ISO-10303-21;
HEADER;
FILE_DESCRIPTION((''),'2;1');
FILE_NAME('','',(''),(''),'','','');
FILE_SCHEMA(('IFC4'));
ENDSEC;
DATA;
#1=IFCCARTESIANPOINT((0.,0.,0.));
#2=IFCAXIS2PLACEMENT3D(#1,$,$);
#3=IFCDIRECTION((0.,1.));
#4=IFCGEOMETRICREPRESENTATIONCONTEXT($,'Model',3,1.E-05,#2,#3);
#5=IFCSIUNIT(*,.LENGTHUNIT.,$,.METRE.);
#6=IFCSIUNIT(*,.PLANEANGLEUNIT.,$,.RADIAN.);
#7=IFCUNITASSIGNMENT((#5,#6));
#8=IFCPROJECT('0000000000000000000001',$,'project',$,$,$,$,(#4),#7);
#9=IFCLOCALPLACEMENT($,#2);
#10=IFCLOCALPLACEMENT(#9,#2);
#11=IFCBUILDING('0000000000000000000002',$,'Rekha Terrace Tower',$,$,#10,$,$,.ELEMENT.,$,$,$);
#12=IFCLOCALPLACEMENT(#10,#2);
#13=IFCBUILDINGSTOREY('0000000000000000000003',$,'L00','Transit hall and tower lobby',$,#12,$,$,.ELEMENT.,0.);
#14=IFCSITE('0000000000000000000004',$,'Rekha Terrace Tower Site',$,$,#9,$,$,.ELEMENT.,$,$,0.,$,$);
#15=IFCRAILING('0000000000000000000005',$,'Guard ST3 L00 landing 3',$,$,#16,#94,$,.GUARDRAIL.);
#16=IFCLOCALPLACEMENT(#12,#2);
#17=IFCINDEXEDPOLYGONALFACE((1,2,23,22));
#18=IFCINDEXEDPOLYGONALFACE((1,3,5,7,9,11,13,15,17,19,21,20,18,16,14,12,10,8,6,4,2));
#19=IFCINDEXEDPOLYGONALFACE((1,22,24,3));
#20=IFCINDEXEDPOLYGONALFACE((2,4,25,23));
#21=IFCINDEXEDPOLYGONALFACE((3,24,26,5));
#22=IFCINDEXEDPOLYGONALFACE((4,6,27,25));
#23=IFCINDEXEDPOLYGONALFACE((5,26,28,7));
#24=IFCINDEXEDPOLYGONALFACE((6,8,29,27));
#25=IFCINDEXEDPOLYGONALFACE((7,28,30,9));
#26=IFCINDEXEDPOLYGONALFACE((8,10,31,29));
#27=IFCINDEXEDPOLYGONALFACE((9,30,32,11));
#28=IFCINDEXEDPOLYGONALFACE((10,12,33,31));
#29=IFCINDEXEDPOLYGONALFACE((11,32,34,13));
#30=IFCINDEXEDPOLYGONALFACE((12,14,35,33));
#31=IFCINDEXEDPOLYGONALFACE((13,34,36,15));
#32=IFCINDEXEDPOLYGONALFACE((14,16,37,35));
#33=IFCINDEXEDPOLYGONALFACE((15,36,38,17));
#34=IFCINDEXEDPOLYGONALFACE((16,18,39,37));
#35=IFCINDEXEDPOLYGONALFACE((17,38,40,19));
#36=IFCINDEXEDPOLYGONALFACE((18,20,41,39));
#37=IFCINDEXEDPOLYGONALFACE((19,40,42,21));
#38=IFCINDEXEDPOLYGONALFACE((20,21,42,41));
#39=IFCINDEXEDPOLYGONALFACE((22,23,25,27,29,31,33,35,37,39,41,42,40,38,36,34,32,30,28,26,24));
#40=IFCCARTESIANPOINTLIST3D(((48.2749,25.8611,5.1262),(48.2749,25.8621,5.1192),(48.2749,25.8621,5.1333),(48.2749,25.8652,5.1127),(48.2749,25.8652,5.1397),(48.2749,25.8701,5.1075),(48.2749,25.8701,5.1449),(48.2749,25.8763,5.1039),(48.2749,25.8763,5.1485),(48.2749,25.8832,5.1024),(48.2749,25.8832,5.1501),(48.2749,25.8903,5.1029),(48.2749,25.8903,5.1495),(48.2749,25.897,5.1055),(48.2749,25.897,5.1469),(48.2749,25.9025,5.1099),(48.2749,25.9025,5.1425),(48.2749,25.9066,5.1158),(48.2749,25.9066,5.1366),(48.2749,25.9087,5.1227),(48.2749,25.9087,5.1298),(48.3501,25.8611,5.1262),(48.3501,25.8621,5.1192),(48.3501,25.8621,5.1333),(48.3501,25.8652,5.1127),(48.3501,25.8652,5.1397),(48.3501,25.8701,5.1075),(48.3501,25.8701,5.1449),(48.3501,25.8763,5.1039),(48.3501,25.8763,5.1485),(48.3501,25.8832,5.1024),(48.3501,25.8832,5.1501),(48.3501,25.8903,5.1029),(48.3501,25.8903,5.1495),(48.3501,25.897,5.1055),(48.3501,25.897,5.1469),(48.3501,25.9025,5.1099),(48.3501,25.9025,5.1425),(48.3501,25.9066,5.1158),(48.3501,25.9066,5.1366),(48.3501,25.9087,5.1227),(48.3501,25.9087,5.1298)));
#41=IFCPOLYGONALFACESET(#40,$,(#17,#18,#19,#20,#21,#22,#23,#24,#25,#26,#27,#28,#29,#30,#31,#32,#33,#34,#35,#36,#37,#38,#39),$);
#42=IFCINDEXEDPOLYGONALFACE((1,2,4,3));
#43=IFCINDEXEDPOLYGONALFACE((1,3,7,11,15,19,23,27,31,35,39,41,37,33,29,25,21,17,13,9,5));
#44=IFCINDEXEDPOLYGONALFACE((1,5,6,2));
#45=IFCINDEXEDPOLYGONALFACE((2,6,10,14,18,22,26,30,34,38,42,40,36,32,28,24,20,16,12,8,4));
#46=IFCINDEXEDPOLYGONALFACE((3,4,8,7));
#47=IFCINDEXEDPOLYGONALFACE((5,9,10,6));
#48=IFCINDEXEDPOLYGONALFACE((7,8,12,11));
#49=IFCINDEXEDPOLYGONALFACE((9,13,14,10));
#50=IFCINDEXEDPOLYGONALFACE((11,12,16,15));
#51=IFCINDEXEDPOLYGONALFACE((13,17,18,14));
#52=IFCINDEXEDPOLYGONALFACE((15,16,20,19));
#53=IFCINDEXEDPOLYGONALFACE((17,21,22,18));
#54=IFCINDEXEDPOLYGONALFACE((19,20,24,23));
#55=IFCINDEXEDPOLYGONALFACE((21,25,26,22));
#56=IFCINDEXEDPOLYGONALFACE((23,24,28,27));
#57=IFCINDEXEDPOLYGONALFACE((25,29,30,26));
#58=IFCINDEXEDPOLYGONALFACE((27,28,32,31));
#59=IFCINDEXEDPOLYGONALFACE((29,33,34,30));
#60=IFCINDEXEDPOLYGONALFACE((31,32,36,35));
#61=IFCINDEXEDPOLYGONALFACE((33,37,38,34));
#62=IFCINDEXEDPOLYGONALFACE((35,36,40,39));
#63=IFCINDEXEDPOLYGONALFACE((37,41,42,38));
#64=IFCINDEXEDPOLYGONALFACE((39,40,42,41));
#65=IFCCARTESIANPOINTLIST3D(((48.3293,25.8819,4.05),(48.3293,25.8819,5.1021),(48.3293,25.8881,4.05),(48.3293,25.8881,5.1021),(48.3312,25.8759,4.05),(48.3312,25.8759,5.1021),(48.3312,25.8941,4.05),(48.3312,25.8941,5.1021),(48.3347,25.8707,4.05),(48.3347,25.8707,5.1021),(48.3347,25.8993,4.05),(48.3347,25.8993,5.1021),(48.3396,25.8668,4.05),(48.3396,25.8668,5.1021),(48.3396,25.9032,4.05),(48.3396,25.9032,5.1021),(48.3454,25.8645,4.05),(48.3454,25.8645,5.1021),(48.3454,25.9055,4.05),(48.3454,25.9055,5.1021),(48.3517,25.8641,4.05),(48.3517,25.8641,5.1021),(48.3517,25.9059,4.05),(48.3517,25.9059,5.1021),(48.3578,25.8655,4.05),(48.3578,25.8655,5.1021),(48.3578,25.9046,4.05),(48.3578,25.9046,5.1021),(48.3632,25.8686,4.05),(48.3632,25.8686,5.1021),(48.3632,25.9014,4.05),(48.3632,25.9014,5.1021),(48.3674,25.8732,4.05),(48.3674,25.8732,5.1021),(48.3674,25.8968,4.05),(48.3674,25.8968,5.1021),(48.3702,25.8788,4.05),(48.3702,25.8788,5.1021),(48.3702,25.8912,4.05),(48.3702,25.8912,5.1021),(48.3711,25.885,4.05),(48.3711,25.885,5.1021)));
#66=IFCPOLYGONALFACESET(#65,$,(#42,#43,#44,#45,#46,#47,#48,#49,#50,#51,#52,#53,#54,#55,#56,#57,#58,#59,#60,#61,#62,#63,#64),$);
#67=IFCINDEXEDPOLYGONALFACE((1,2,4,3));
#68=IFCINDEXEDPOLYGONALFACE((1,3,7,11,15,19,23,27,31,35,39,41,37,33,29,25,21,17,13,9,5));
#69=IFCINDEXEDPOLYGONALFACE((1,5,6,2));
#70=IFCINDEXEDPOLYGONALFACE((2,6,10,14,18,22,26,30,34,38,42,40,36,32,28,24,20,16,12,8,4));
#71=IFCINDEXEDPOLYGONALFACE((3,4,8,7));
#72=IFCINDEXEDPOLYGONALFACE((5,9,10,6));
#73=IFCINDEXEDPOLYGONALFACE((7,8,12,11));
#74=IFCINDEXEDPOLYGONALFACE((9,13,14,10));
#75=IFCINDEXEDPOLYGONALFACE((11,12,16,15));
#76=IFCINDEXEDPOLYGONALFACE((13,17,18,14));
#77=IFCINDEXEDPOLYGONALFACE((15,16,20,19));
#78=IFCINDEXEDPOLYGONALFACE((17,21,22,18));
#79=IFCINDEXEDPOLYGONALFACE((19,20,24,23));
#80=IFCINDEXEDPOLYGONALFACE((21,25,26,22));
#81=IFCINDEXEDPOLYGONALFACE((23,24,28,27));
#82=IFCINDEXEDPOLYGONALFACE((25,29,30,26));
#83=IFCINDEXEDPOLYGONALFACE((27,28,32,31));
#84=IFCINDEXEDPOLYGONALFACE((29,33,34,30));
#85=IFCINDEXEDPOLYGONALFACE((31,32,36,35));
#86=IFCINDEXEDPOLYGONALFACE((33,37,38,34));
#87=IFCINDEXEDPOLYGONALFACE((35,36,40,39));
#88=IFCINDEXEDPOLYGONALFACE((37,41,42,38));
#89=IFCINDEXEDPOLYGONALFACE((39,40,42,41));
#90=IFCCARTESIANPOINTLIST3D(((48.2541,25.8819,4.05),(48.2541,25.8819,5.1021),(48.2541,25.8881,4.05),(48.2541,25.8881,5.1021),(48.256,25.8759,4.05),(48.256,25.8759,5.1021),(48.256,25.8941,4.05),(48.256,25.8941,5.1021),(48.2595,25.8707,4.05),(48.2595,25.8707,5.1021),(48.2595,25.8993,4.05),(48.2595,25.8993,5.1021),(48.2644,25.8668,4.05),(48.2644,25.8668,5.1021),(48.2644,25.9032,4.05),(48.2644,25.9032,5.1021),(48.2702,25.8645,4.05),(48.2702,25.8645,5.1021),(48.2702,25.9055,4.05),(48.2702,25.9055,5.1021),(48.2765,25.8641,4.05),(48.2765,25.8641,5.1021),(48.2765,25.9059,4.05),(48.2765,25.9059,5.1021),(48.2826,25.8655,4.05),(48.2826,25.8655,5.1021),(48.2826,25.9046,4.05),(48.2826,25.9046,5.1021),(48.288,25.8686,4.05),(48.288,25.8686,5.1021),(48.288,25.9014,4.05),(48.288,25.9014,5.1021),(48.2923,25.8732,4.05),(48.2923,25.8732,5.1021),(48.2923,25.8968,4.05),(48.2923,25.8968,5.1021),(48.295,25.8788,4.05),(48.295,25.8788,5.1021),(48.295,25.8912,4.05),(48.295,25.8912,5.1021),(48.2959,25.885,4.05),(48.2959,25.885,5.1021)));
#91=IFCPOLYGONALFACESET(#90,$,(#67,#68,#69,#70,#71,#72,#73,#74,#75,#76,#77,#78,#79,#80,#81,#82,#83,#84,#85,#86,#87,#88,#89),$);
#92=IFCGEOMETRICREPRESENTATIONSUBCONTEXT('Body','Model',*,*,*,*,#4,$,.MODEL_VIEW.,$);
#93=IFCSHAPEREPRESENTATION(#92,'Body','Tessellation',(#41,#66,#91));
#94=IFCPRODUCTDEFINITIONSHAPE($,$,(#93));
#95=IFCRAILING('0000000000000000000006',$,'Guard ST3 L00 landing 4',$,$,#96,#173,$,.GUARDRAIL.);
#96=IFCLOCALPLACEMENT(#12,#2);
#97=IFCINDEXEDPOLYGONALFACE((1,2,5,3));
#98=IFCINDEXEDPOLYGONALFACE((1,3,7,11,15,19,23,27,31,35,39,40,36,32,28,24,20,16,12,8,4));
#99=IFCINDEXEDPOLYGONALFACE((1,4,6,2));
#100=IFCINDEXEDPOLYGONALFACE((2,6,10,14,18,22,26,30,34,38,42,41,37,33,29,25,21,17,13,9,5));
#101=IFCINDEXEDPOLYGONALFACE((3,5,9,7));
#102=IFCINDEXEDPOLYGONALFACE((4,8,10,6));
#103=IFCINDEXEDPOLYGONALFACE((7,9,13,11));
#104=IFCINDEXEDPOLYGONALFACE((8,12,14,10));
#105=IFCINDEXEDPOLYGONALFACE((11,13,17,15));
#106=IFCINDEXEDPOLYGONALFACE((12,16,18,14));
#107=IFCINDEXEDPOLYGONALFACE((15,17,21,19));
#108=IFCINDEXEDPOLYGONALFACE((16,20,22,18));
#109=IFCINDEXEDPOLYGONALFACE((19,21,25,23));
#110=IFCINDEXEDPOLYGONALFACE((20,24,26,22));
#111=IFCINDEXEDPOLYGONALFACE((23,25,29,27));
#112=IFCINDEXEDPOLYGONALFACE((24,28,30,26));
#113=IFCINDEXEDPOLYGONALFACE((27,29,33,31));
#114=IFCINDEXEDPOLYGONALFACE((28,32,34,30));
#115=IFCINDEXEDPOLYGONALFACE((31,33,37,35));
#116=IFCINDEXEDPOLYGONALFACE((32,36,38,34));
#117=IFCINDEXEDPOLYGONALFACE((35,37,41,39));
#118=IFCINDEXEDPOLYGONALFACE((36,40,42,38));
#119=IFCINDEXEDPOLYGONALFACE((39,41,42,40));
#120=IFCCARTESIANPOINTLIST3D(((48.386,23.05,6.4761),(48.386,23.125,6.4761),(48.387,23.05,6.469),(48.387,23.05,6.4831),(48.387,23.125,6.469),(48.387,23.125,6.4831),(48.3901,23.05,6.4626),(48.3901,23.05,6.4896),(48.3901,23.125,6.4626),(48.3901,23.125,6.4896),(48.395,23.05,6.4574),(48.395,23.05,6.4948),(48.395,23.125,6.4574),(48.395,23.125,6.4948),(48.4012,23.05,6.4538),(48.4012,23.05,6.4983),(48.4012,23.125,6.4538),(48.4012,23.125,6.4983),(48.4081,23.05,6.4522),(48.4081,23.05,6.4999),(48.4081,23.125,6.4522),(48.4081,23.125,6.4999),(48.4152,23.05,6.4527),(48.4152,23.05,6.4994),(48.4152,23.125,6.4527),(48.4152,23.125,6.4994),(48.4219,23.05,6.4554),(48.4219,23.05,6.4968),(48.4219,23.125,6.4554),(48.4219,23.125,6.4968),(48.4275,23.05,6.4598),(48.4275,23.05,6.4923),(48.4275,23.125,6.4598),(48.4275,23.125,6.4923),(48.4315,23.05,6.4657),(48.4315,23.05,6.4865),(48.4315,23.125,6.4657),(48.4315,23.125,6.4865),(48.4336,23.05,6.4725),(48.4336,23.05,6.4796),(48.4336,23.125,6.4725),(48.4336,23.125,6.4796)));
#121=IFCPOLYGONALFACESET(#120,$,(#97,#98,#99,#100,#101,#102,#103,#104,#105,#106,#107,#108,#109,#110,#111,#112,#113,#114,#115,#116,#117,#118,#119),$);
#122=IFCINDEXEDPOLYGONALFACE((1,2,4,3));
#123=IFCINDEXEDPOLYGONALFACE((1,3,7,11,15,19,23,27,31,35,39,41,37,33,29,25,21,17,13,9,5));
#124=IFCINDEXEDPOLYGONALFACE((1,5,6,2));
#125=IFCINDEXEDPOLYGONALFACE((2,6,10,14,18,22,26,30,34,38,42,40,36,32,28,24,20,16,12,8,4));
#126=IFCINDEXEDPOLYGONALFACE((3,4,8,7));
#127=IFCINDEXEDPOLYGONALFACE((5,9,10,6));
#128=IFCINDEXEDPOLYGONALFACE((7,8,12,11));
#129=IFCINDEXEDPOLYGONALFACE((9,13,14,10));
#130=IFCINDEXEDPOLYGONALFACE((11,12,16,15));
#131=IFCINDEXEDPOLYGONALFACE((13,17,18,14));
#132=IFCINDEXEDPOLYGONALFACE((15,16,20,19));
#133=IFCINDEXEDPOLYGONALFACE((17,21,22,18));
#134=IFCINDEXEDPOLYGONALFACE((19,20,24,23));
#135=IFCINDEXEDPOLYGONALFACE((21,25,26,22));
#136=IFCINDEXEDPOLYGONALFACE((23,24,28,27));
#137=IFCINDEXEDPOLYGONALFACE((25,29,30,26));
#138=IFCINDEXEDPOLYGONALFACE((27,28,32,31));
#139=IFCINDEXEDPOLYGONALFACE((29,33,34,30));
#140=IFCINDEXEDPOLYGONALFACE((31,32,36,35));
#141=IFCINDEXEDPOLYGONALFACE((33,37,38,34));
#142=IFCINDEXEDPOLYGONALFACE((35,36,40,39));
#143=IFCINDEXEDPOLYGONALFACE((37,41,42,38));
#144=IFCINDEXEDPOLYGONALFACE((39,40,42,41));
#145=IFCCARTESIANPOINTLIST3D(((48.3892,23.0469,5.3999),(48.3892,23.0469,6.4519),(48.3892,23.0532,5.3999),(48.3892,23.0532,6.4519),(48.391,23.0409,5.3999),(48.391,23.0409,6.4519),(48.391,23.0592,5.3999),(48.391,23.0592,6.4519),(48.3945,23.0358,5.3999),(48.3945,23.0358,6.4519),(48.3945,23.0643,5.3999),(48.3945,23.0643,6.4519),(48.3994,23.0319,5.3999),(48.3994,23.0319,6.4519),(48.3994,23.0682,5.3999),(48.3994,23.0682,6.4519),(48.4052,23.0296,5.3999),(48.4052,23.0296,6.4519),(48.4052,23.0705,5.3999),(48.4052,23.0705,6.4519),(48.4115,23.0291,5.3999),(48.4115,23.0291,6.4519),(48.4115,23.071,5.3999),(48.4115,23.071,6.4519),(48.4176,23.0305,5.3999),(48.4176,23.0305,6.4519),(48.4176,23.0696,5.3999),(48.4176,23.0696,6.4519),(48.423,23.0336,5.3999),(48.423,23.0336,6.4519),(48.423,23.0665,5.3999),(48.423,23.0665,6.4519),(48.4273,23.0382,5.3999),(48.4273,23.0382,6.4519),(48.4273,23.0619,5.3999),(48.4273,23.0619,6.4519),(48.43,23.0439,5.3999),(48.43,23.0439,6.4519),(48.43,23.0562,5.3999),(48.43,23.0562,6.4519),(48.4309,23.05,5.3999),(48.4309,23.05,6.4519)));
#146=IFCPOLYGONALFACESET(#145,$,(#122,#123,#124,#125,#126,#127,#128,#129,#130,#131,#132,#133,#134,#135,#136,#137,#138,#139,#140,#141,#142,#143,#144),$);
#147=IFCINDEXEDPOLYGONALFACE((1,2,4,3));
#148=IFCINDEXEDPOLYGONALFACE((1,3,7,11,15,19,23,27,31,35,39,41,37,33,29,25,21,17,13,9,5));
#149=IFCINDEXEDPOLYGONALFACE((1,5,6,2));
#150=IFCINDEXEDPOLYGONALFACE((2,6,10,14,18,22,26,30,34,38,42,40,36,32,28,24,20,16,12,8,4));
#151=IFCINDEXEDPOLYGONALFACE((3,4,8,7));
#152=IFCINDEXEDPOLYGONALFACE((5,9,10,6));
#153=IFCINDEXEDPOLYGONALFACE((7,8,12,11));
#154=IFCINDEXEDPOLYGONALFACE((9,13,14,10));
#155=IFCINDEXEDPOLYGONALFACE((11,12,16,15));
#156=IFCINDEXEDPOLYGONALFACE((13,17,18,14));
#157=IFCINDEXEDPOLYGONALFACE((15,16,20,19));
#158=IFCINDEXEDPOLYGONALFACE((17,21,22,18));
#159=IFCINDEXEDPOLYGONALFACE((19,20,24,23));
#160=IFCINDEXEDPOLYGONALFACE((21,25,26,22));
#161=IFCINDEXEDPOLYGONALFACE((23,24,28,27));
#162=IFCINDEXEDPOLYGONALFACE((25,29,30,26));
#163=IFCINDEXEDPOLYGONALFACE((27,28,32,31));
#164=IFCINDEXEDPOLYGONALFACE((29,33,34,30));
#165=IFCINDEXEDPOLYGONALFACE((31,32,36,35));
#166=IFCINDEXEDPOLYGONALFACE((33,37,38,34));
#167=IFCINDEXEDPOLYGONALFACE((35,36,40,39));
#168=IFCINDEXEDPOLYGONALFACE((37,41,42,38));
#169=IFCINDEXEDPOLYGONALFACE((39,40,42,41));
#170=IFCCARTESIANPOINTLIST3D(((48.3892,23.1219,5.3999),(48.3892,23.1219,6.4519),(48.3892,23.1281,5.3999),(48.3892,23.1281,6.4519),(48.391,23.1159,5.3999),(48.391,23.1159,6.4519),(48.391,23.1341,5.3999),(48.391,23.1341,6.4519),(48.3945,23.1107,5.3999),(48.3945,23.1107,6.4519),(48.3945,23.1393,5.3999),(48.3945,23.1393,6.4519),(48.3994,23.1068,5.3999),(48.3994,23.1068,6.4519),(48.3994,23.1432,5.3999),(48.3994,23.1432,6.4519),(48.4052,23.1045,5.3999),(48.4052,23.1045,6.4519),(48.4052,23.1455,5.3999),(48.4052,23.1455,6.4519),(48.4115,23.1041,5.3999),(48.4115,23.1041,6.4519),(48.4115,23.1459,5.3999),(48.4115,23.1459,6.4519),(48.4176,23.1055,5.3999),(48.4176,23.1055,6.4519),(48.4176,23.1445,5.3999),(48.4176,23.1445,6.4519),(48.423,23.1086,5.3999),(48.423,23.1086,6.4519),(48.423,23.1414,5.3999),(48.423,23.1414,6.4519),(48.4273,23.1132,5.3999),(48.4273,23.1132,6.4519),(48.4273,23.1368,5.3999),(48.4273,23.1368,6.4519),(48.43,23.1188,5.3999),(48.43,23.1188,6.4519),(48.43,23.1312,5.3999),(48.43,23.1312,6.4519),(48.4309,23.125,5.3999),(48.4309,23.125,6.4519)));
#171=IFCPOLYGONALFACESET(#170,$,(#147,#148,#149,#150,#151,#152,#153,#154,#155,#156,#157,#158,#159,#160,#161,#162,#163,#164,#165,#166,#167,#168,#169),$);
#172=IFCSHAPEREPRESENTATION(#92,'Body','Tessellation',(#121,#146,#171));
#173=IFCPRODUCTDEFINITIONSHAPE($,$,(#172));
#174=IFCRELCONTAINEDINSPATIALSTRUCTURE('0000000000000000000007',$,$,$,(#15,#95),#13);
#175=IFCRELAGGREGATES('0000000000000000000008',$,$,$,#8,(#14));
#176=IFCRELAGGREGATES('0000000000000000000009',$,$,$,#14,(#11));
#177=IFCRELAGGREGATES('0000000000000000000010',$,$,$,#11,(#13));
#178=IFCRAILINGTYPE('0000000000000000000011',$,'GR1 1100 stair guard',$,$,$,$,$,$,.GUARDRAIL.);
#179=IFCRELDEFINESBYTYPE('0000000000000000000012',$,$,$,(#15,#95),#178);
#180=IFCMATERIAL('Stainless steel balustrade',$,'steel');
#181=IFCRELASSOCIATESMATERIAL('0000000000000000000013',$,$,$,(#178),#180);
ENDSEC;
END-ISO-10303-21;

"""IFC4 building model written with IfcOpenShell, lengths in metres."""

from ifc_helpers import new_model, si_unit, direction, frame, origin, origin_2d, place, context, subcontext, project, spatial, circle, extrude, material, type_object, element, save


model = new_model("IFC4")

# Units and contexts
model_context = context("Model", 3, precision=1e-05, world=origin(), true_north=direction((0.0, 1.0)))
body_context = subcontext(model_context, "Body", "Model", "MODEL_VIEW")
ifc_project = project(units=[si_unit("LENGTHUNIT", "METRE"), si_unit("PLANEANGLEUNIT", "RADIAN")], contexts=[model_context])

# Site, building, storey
site_placement = place(None, origin())
site = spatial("IfcSite", under=ifc_project, at=site_placement, Name="Rekha Terrace Tower Site", CompositionType="ELEMENT", RefElevation=0.0)
building_placement = place(site_placement, origin())
building = spatial("IfcBuilding", under=site, at=building_placement, Name="Rekha Terrace Tower", CompositionType="ELEMENT")
storey_placement = place(building_placement, origin())
storey = spatial("IfcBuildingStorey", under=building, at=storey_placement, Name="L00", Description="Transit hall and tower lobby", CompositionType="ELEMENT", Elevation=0.0)

# Railings
ifc_material_1 = material(Name="Stainless steel balustrade", Category="steel")
railing_type_1 = type_object("IfcRailingType", Name="GR1 1100 stair guard", PredefinedType="GUARDRAIL", material=ifc_material_1)
railing_1_placement = place(storey_placement, frame((48.3501, 25.885, 4.05)))
element("IfcRailing", 1, at=railing_1_placement, inside=storey, type_object=railing_type_1, Name="Guard ST3 L00 landing 3", PredefinedType="GUARDRAIL", context=body_context, shape_type="SweptSolid", body=[
    extrude(circle(Radius=0.0239, at=origin_2d()), frame((0.0, 0.0, 1.0762), z_axis=(-1.0, 0.0, 0.0), x_axis=(0.0, -1.0, 0.0)), (0.0, 0.0, 1.0), 0.0752),
    extrude(circle(Radius=0.021, at=origin_2d()), origin(), (0.0, 0.0, 1.0), 1.052),
    extrude(circle(Radius=0.021, at=origin_2d()), frame((-0.0752, 0.0, 0.0)), (0.0, 0.0, 1.0), 1.052),
])
railing_2_placement = place(storey_placement, frame((48.4099, 23.05, 5.3999)))
element("IfcRailing", 2, at=railing_2_placement, inside=storey, type_object=railing_type_1, Name="Guard ST3 L00 landing 4", PredefinedType="GUARDRAIL", context=body_context, shape_type="SweptSolid", body=[
    extrude(circle(Radius=0.0239, at=origin_2d()), frame((0.0, 0.0, 1.0762), z_axis=(0.0, 1.0, 0.0), x_axis=(-1.0, 0.0, 0.0)), (0.0, 0.0, 1.0), 0.075),
    extrude(circle(Radius=0.021, at=origin_2d()), origin(), (0.0, 0.0, 1.0), 1.052),
    extrude(circle(Radius=0.021, at=origin_2d()), frame((0.0, 0.075, 0.0)), (0.0, 0.0, 1.0), 1.052),
])

save(model, "model.ifc")
